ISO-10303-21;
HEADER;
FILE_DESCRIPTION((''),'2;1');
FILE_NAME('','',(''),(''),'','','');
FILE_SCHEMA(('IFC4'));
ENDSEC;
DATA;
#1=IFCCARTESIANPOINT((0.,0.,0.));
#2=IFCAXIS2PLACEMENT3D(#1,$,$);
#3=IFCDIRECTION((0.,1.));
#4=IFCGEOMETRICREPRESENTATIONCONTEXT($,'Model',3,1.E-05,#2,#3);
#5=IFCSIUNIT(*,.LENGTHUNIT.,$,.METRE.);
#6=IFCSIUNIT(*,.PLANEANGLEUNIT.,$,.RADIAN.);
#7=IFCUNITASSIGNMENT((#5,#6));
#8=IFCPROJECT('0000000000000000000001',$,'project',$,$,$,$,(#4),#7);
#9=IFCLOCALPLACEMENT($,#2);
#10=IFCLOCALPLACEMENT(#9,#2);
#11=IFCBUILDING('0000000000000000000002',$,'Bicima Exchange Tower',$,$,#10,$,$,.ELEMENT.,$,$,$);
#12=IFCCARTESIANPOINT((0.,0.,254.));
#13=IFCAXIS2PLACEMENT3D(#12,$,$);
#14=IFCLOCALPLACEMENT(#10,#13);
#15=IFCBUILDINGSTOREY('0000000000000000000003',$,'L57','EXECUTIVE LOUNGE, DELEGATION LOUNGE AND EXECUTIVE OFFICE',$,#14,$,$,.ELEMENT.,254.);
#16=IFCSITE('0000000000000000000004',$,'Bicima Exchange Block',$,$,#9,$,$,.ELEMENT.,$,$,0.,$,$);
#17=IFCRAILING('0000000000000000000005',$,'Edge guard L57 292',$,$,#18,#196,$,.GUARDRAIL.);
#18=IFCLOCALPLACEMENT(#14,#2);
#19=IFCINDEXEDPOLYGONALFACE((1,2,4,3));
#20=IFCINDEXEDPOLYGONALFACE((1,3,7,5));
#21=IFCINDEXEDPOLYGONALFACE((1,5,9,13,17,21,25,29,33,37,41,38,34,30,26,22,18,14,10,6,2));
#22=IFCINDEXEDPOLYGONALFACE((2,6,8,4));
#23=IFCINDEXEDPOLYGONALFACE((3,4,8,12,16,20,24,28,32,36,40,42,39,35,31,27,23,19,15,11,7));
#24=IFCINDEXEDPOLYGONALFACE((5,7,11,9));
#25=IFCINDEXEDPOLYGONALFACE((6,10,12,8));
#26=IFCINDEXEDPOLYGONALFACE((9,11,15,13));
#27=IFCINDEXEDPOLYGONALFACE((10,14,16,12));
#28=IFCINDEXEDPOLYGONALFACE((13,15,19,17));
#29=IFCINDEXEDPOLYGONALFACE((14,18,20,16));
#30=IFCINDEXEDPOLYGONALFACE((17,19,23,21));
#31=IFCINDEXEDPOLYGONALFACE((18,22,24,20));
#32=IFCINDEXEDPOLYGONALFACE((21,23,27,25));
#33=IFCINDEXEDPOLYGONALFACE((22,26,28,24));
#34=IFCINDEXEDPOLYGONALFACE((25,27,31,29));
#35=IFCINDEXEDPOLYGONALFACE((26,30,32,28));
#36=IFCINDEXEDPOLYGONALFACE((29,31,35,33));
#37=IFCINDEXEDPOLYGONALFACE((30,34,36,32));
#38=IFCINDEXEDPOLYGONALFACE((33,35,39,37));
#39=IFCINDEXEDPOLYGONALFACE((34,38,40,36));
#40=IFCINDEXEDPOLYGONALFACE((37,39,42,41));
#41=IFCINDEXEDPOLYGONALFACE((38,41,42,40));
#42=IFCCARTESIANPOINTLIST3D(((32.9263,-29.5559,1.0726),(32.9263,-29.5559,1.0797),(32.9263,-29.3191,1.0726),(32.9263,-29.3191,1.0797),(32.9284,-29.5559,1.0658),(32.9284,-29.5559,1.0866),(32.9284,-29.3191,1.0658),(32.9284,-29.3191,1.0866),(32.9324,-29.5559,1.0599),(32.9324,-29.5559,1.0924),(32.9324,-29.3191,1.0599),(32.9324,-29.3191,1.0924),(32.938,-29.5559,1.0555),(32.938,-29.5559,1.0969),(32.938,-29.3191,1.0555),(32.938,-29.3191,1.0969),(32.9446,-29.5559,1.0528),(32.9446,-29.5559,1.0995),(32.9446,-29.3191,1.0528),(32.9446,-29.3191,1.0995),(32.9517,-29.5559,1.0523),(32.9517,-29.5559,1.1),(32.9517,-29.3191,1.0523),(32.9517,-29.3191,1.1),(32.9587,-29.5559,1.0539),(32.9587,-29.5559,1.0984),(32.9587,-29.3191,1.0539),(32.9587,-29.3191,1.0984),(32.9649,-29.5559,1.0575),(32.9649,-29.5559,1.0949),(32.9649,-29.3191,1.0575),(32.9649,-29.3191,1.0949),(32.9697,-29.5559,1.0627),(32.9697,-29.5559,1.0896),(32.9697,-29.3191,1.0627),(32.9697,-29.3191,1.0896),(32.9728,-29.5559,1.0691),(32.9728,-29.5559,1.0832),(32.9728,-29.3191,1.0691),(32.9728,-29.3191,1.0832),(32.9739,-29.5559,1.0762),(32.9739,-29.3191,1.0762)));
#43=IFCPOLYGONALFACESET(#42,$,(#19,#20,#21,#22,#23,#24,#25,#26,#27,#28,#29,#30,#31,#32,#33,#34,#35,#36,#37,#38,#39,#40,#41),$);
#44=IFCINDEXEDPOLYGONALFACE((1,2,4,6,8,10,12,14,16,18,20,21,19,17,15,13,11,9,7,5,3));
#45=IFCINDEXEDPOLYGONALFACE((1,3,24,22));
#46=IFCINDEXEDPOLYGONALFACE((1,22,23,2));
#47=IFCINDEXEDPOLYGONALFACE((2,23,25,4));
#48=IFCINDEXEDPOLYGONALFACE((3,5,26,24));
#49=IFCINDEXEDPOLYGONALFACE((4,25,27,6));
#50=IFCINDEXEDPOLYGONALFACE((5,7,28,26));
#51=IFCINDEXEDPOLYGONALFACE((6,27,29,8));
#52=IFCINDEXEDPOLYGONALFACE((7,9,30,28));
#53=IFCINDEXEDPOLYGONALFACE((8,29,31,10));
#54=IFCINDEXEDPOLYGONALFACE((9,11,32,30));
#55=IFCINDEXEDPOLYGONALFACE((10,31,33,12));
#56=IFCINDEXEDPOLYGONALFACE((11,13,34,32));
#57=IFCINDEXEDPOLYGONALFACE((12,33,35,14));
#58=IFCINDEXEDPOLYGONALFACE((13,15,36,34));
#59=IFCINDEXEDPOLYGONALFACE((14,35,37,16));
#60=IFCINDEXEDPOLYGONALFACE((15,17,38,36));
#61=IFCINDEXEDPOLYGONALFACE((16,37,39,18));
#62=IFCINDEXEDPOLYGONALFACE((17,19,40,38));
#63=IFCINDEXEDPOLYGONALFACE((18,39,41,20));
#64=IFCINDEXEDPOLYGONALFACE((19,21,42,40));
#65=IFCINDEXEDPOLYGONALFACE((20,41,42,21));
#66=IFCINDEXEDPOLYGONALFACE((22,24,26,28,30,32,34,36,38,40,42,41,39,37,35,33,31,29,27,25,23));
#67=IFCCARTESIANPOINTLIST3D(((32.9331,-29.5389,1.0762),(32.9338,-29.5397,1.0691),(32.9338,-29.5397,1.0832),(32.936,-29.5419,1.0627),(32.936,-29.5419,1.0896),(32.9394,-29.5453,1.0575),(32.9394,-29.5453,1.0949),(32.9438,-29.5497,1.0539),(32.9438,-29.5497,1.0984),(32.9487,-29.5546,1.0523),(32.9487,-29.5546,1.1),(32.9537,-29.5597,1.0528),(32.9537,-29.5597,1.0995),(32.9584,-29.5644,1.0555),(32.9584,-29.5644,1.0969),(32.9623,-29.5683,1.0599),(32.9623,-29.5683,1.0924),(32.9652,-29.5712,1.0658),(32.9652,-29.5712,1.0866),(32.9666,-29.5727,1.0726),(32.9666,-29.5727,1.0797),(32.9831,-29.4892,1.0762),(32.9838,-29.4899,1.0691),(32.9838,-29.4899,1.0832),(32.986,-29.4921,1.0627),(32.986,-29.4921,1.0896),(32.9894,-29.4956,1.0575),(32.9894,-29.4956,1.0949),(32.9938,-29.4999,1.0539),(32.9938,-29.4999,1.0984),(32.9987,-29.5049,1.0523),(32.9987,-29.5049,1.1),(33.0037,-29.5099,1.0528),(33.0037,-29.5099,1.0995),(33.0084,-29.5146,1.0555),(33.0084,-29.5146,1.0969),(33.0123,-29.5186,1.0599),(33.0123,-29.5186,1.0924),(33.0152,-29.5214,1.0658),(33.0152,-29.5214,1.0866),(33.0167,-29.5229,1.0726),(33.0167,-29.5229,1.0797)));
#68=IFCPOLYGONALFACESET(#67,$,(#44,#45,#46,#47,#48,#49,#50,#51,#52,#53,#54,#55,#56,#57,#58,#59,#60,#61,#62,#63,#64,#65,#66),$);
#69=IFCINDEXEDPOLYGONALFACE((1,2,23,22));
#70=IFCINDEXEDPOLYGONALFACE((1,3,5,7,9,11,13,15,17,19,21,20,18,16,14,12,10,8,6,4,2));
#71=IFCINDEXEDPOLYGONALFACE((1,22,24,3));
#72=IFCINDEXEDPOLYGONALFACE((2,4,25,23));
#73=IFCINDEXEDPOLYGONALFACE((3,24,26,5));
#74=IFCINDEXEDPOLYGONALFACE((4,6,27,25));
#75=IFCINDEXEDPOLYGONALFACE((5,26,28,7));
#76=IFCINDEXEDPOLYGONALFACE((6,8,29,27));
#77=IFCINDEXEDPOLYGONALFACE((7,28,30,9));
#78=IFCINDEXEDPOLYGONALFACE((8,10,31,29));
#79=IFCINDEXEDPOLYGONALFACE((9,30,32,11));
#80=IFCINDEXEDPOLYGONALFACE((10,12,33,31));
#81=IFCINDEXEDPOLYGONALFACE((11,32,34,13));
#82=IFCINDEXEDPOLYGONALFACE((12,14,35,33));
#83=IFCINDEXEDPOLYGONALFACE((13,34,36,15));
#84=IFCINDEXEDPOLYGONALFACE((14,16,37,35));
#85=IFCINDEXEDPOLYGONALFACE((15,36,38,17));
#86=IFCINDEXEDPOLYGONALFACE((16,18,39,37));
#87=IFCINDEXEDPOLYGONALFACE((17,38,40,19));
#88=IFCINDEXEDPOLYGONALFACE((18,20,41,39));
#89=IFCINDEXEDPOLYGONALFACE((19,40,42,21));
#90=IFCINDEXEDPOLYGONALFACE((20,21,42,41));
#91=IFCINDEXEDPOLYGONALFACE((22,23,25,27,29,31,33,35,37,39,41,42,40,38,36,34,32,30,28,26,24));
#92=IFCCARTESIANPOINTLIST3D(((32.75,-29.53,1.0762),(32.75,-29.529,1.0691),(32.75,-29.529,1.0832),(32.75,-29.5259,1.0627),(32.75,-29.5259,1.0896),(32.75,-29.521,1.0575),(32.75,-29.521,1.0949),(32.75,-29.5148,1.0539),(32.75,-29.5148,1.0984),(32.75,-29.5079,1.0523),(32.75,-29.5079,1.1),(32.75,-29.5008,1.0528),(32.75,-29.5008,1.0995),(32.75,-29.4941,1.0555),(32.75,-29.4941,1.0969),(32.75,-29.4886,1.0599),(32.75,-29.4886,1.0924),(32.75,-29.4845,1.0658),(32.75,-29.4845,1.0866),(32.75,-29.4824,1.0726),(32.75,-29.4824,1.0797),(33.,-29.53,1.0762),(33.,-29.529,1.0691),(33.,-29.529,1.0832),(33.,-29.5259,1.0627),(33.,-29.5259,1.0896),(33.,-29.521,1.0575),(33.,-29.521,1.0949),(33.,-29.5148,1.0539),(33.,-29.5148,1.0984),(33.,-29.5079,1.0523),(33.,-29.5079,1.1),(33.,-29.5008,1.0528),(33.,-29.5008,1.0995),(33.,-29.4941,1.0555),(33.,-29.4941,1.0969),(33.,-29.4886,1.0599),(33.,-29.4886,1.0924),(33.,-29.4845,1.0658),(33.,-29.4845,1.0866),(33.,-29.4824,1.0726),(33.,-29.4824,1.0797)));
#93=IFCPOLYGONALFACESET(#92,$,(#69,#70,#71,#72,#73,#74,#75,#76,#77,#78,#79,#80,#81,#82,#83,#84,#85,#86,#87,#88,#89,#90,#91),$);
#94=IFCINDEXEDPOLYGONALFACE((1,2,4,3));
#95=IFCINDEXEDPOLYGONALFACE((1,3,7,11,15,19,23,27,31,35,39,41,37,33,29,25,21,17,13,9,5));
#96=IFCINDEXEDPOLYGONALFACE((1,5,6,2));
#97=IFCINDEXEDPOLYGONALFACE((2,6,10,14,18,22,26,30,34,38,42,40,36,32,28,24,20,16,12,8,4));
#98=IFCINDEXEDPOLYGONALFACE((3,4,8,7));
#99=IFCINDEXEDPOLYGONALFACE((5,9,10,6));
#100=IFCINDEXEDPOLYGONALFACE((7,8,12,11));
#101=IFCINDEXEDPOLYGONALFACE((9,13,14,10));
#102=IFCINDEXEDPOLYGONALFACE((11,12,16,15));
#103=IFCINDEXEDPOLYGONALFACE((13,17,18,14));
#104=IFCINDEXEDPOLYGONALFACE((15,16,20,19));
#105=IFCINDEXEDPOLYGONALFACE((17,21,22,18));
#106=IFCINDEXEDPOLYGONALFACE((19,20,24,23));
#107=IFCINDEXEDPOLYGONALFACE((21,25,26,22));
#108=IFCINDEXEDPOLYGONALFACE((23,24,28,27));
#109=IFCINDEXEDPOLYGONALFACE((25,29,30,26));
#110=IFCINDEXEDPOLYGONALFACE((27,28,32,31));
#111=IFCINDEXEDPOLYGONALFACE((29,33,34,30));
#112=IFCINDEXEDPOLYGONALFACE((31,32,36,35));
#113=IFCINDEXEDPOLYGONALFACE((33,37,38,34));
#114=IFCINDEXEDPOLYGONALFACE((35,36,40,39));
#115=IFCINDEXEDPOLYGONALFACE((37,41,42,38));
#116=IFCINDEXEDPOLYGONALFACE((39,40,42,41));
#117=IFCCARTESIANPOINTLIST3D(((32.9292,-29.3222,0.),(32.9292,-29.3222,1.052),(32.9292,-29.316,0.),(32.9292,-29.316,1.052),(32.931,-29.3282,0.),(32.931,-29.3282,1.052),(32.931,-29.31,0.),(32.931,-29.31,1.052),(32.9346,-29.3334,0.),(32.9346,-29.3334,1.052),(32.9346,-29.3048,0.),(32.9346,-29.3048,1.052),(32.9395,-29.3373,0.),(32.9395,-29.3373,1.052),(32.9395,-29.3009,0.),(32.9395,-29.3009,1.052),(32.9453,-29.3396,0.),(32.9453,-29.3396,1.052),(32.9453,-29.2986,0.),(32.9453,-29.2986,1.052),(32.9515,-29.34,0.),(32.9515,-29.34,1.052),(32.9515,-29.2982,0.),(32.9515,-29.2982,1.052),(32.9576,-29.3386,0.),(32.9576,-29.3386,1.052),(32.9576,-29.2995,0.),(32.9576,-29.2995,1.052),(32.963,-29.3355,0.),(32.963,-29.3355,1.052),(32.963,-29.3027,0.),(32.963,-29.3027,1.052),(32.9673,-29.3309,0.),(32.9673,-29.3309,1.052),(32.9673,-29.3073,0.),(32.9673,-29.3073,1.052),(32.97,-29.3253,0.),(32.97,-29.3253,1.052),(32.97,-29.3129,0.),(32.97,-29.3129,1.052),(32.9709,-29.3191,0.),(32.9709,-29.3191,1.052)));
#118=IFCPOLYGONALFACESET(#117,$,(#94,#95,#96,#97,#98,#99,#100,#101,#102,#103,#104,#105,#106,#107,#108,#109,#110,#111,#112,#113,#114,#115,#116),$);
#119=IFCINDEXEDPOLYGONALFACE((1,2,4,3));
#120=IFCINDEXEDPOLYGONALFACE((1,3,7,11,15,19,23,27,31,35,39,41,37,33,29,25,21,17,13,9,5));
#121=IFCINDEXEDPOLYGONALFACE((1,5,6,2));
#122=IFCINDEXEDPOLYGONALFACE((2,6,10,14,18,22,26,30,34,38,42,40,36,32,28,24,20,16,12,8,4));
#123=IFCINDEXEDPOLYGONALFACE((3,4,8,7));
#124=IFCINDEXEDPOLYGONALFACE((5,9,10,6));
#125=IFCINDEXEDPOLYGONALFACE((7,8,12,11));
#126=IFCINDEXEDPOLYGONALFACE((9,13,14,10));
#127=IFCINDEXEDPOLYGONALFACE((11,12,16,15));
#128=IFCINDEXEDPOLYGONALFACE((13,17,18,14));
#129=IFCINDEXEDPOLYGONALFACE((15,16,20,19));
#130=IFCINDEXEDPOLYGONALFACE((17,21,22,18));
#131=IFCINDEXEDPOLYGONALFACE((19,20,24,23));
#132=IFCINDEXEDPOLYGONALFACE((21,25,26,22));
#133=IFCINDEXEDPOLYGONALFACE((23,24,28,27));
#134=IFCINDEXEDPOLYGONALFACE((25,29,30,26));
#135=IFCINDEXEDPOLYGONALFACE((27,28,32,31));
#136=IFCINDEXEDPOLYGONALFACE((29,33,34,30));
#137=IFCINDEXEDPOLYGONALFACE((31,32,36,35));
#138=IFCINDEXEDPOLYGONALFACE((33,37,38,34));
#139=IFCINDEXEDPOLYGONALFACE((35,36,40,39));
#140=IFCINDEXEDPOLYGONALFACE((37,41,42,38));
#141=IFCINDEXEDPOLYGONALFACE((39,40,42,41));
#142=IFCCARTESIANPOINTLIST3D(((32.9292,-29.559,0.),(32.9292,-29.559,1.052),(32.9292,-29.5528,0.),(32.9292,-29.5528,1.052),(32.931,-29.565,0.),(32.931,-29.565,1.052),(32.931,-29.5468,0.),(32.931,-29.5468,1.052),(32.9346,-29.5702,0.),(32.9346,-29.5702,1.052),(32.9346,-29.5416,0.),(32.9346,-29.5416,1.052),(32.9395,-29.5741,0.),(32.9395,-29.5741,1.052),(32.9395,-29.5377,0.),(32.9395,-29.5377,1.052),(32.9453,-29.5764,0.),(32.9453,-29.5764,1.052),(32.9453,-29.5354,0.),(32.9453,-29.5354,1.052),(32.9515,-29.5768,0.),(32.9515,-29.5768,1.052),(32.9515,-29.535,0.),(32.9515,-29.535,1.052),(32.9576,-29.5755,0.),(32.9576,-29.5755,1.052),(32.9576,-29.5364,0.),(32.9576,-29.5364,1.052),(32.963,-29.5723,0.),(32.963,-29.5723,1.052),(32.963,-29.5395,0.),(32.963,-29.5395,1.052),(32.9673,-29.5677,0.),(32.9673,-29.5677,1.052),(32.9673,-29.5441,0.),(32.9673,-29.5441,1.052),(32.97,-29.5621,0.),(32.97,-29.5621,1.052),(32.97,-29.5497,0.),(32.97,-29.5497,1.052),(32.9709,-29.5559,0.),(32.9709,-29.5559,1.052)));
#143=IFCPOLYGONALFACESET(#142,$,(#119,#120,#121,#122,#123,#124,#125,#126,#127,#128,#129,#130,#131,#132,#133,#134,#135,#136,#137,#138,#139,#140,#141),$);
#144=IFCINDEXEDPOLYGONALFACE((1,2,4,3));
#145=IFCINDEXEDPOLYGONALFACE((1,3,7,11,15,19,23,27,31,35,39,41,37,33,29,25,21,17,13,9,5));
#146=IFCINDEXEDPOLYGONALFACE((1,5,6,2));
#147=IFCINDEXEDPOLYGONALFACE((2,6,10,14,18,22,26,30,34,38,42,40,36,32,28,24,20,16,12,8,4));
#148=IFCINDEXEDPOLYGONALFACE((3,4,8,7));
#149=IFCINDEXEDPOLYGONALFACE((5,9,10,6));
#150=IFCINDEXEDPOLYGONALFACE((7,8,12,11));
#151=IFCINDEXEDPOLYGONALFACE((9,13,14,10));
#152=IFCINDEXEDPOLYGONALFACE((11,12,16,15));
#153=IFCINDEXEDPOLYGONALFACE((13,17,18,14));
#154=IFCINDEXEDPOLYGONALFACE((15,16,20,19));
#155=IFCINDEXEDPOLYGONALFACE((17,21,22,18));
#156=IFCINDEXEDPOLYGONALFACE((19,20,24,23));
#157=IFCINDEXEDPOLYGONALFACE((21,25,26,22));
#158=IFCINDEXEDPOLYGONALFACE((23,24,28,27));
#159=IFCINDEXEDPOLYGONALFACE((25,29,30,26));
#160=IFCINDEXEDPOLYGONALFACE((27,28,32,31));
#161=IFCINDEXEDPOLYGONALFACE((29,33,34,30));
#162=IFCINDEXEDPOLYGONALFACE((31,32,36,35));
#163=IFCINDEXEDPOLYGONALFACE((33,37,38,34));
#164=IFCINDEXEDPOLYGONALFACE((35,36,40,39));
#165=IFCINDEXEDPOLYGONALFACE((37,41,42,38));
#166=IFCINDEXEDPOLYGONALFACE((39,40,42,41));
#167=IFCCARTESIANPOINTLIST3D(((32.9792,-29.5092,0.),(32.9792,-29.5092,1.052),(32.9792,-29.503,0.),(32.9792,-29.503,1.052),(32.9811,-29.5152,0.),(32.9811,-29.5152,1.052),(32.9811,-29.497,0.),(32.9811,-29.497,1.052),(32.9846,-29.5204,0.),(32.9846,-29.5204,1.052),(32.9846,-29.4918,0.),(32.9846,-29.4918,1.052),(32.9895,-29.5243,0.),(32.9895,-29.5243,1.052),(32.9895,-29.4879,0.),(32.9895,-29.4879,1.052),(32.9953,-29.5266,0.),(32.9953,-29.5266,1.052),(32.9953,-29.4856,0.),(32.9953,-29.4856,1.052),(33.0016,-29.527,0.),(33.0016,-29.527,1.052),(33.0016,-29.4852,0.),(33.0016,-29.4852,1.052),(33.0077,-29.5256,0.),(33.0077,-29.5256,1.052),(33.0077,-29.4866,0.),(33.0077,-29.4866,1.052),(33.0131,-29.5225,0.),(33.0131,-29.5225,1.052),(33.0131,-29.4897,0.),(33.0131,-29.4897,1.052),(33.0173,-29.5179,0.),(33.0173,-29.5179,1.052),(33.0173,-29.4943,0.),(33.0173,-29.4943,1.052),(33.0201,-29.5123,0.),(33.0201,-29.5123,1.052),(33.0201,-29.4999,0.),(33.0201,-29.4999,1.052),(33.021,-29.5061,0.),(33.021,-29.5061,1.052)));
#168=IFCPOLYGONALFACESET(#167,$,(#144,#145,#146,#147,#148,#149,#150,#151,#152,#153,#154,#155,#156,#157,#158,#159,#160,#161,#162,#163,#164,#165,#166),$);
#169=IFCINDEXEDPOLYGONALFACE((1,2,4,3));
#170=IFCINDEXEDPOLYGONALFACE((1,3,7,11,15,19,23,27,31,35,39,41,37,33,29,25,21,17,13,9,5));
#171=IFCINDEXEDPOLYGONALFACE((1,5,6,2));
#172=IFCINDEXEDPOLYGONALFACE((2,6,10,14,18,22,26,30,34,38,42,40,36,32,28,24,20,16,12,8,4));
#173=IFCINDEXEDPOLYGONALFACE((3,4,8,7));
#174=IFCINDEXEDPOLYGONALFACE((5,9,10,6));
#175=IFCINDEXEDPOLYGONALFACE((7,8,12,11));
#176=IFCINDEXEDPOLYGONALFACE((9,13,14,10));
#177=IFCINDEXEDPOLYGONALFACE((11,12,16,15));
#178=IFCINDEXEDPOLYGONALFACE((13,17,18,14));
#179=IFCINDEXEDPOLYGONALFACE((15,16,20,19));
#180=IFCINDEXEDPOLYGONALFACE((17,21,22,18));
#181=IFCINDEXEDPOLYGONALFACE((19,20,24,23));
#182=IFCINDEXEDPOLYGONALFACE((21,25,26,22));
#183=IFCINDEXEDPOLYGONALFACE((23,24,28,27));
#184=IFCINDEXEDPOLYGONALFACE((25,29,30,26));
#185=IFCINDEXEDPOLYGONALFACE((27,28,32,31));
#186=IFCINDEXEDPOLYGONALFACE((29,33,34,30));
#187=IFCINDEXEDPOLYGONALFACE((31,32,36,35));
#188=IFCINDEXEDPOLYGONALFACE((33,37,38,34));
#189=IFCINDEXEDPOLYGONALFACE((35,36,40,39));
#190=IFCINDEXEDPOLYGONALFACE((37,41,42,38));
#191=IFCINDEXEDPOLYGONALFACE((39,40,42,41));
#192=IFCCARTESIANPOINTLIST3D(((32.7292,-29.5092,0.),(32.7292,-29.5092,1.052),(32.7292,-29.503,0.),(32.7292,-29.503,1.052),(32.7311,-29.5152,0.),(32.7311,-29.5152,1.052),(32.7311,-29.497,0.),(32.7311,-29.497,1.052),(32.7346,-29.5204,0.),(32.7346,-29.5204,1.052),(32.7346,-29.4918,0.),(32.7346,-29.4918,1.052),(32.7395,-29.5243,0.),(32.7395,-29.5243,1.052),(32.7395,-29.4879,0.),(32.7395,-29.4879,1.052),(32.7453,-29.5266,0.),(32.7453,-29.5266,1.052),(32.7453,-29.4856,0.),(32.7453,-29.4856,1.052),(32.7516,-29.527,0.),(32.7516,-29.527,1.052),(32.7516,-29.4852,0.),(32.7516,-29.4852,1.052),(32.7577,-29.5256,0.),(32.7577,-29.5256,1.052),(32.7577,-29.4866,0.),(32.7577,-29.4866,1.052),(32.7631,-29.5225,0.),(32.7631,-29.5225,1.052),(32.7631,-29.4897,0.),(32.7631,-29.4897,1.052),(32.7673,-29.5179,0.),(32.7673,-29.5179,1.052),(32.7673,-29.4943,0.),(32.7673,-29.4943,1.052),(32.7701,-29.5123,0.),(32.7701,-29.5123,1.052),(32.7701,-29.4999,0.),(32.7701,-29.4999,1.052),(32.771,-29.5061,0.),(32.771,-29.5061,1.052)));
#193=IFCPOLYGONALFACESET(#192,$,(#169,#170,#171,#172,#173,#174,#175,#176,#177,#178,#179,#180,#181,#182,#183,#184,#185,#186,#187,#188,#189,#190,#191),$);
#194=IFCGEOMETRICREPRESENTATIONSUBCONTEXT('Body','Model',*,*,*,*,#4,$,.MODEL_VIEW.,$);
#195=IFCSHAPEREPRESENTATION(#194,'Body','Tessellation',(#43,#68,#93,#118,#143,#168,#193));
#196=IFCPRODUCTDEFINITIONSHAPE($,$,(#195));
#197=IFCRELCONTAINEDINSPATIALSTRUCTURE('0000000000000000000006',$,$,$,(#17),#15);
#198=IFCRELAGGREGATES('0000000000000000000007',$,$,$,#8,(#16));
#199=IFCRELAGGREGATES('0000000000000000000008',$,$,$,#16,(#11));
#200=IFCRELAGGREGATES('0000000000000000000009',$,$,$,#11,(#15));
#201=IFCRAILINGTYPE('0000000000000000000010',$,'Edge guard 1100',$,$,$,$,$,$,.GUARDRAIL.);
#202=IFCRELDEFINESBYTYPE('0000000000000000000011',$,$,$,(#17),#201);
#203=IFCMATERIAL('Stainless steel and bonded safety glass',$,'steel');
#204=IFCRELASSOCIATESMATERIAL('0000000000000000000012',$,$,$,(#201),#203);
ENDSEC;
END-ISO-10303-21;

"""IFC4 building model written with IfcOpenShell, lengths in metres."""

from ifc_helpers import new_model, si_unit, direction, frame, origin, origin_2d, place, context, subcontext, project, spatial, circle, extrude, material, type_object, element, save


model = new_model("IFC4")

# Units and contexts
model_context = context("Model", 3, precision=1e-05, world=origin(), true_north=direction((0.0, 1.0)))
body_context = subcontext(model_context, "Body", "Model", "MODEL_VIEW")
ifc_project = project(units=[si_unit("LENGTHUNIT", "METRE"), si_unit("PLANEANGLEUNIT", "RADIAN")], contexts=[model_context])

# Site, building, storey
site_placement = place(None, origin())
site = spatial("IfcSite", under=ifc_project, at=site_placement, Name="Bicima Exchange Block", CompositionType="ELEMENT", RefElevation=0.0)
building_placement = place(site_placement, origin())
building = spatial("IfcBuilding", under=site, at=building_placement, Name="Bicima Exchange Tower", CompositionType="ELEMENT")
storey_placement = place(building_placement, frame((0.0, 0.0, 254.0)))
storey = spatial("IfcBuildingStorey", under=building, at=storey_placement, Name="L57", Description="EXECUTIVE LOUNGE, DELEGATION LOUNGE AND EXECUTIVE OFFICE", CompositionType="ELEMENT", Elevation=254.0)

# Railing
ifc_material_1 = material(Name="Stainless steel and bonded safety glass", Category="steel")
railing_type = type_object("IfcRailingType", Name="Edge guard 1100", PredefinedType="GUARDRAIL", material=ifc_material_1)
railing_1_placement = place(storey_placement, frame((32.95, -29.3191, 0.0)))
element("IfcRailing", 1, at=railing_1_placement, inside=storey, type_object=railing_type, Name="Edge guard L57 292", PredefinedType="GUARDRAIL", context=body_context, shape_type="SweptSolid", body=[
    extrude(circle(Radius=0.0239, at=origin_2d()), frame((0.0, 0.0, 1.0762), z_axis=(0.0, -1.0, 0.0), x_axis=(1.0, 0.0, 0.0)), (0.0, 0.0, 1.0), 0.2368),
    extrude(circle(Radius=0.0239, at=origin_2d()), frame((0.0, -0.2368, 1.0762), z_axis=(0.708834, 0.705376, 0.0), x_axis=(-0.705376, 0.708834, 0.0)), (0.0, 0.0, 1.0), 0.0706),
    extrude(circle(Radius=0.0239, at=origin_2d()), frame((0.05, -0.187, 1.0762), z_axis=(-1.0, 0.0, 0.0), x_axis=(0.0, -1.0, 0.0)), (0.0, 0.0, 1.0), 0.25),
    extrude(circle(Radius=0.021, at=origin_2d()), origin(), (0.0, 0.0, 1.0), 1.052),
    extrude(circle(Radius=0.021, at=origin_2d()), frame((0.0, -0.2368, 0.0)), (0.0, 0.0, 1.0), 1.052),
    extrude(circle(Radius=0.021, at=origin_2d()), frame((0.05, -0.187, 0.0)), (0.0, 0.0, 1.0), 1.052),
    extrude(circle(Radius=0.021, at=origin_2d()), frame((-0.2, -0.187, 0.0)), (0.0, 0.0, 1.0), 1.052),
])

save(model, "model.ifc")
